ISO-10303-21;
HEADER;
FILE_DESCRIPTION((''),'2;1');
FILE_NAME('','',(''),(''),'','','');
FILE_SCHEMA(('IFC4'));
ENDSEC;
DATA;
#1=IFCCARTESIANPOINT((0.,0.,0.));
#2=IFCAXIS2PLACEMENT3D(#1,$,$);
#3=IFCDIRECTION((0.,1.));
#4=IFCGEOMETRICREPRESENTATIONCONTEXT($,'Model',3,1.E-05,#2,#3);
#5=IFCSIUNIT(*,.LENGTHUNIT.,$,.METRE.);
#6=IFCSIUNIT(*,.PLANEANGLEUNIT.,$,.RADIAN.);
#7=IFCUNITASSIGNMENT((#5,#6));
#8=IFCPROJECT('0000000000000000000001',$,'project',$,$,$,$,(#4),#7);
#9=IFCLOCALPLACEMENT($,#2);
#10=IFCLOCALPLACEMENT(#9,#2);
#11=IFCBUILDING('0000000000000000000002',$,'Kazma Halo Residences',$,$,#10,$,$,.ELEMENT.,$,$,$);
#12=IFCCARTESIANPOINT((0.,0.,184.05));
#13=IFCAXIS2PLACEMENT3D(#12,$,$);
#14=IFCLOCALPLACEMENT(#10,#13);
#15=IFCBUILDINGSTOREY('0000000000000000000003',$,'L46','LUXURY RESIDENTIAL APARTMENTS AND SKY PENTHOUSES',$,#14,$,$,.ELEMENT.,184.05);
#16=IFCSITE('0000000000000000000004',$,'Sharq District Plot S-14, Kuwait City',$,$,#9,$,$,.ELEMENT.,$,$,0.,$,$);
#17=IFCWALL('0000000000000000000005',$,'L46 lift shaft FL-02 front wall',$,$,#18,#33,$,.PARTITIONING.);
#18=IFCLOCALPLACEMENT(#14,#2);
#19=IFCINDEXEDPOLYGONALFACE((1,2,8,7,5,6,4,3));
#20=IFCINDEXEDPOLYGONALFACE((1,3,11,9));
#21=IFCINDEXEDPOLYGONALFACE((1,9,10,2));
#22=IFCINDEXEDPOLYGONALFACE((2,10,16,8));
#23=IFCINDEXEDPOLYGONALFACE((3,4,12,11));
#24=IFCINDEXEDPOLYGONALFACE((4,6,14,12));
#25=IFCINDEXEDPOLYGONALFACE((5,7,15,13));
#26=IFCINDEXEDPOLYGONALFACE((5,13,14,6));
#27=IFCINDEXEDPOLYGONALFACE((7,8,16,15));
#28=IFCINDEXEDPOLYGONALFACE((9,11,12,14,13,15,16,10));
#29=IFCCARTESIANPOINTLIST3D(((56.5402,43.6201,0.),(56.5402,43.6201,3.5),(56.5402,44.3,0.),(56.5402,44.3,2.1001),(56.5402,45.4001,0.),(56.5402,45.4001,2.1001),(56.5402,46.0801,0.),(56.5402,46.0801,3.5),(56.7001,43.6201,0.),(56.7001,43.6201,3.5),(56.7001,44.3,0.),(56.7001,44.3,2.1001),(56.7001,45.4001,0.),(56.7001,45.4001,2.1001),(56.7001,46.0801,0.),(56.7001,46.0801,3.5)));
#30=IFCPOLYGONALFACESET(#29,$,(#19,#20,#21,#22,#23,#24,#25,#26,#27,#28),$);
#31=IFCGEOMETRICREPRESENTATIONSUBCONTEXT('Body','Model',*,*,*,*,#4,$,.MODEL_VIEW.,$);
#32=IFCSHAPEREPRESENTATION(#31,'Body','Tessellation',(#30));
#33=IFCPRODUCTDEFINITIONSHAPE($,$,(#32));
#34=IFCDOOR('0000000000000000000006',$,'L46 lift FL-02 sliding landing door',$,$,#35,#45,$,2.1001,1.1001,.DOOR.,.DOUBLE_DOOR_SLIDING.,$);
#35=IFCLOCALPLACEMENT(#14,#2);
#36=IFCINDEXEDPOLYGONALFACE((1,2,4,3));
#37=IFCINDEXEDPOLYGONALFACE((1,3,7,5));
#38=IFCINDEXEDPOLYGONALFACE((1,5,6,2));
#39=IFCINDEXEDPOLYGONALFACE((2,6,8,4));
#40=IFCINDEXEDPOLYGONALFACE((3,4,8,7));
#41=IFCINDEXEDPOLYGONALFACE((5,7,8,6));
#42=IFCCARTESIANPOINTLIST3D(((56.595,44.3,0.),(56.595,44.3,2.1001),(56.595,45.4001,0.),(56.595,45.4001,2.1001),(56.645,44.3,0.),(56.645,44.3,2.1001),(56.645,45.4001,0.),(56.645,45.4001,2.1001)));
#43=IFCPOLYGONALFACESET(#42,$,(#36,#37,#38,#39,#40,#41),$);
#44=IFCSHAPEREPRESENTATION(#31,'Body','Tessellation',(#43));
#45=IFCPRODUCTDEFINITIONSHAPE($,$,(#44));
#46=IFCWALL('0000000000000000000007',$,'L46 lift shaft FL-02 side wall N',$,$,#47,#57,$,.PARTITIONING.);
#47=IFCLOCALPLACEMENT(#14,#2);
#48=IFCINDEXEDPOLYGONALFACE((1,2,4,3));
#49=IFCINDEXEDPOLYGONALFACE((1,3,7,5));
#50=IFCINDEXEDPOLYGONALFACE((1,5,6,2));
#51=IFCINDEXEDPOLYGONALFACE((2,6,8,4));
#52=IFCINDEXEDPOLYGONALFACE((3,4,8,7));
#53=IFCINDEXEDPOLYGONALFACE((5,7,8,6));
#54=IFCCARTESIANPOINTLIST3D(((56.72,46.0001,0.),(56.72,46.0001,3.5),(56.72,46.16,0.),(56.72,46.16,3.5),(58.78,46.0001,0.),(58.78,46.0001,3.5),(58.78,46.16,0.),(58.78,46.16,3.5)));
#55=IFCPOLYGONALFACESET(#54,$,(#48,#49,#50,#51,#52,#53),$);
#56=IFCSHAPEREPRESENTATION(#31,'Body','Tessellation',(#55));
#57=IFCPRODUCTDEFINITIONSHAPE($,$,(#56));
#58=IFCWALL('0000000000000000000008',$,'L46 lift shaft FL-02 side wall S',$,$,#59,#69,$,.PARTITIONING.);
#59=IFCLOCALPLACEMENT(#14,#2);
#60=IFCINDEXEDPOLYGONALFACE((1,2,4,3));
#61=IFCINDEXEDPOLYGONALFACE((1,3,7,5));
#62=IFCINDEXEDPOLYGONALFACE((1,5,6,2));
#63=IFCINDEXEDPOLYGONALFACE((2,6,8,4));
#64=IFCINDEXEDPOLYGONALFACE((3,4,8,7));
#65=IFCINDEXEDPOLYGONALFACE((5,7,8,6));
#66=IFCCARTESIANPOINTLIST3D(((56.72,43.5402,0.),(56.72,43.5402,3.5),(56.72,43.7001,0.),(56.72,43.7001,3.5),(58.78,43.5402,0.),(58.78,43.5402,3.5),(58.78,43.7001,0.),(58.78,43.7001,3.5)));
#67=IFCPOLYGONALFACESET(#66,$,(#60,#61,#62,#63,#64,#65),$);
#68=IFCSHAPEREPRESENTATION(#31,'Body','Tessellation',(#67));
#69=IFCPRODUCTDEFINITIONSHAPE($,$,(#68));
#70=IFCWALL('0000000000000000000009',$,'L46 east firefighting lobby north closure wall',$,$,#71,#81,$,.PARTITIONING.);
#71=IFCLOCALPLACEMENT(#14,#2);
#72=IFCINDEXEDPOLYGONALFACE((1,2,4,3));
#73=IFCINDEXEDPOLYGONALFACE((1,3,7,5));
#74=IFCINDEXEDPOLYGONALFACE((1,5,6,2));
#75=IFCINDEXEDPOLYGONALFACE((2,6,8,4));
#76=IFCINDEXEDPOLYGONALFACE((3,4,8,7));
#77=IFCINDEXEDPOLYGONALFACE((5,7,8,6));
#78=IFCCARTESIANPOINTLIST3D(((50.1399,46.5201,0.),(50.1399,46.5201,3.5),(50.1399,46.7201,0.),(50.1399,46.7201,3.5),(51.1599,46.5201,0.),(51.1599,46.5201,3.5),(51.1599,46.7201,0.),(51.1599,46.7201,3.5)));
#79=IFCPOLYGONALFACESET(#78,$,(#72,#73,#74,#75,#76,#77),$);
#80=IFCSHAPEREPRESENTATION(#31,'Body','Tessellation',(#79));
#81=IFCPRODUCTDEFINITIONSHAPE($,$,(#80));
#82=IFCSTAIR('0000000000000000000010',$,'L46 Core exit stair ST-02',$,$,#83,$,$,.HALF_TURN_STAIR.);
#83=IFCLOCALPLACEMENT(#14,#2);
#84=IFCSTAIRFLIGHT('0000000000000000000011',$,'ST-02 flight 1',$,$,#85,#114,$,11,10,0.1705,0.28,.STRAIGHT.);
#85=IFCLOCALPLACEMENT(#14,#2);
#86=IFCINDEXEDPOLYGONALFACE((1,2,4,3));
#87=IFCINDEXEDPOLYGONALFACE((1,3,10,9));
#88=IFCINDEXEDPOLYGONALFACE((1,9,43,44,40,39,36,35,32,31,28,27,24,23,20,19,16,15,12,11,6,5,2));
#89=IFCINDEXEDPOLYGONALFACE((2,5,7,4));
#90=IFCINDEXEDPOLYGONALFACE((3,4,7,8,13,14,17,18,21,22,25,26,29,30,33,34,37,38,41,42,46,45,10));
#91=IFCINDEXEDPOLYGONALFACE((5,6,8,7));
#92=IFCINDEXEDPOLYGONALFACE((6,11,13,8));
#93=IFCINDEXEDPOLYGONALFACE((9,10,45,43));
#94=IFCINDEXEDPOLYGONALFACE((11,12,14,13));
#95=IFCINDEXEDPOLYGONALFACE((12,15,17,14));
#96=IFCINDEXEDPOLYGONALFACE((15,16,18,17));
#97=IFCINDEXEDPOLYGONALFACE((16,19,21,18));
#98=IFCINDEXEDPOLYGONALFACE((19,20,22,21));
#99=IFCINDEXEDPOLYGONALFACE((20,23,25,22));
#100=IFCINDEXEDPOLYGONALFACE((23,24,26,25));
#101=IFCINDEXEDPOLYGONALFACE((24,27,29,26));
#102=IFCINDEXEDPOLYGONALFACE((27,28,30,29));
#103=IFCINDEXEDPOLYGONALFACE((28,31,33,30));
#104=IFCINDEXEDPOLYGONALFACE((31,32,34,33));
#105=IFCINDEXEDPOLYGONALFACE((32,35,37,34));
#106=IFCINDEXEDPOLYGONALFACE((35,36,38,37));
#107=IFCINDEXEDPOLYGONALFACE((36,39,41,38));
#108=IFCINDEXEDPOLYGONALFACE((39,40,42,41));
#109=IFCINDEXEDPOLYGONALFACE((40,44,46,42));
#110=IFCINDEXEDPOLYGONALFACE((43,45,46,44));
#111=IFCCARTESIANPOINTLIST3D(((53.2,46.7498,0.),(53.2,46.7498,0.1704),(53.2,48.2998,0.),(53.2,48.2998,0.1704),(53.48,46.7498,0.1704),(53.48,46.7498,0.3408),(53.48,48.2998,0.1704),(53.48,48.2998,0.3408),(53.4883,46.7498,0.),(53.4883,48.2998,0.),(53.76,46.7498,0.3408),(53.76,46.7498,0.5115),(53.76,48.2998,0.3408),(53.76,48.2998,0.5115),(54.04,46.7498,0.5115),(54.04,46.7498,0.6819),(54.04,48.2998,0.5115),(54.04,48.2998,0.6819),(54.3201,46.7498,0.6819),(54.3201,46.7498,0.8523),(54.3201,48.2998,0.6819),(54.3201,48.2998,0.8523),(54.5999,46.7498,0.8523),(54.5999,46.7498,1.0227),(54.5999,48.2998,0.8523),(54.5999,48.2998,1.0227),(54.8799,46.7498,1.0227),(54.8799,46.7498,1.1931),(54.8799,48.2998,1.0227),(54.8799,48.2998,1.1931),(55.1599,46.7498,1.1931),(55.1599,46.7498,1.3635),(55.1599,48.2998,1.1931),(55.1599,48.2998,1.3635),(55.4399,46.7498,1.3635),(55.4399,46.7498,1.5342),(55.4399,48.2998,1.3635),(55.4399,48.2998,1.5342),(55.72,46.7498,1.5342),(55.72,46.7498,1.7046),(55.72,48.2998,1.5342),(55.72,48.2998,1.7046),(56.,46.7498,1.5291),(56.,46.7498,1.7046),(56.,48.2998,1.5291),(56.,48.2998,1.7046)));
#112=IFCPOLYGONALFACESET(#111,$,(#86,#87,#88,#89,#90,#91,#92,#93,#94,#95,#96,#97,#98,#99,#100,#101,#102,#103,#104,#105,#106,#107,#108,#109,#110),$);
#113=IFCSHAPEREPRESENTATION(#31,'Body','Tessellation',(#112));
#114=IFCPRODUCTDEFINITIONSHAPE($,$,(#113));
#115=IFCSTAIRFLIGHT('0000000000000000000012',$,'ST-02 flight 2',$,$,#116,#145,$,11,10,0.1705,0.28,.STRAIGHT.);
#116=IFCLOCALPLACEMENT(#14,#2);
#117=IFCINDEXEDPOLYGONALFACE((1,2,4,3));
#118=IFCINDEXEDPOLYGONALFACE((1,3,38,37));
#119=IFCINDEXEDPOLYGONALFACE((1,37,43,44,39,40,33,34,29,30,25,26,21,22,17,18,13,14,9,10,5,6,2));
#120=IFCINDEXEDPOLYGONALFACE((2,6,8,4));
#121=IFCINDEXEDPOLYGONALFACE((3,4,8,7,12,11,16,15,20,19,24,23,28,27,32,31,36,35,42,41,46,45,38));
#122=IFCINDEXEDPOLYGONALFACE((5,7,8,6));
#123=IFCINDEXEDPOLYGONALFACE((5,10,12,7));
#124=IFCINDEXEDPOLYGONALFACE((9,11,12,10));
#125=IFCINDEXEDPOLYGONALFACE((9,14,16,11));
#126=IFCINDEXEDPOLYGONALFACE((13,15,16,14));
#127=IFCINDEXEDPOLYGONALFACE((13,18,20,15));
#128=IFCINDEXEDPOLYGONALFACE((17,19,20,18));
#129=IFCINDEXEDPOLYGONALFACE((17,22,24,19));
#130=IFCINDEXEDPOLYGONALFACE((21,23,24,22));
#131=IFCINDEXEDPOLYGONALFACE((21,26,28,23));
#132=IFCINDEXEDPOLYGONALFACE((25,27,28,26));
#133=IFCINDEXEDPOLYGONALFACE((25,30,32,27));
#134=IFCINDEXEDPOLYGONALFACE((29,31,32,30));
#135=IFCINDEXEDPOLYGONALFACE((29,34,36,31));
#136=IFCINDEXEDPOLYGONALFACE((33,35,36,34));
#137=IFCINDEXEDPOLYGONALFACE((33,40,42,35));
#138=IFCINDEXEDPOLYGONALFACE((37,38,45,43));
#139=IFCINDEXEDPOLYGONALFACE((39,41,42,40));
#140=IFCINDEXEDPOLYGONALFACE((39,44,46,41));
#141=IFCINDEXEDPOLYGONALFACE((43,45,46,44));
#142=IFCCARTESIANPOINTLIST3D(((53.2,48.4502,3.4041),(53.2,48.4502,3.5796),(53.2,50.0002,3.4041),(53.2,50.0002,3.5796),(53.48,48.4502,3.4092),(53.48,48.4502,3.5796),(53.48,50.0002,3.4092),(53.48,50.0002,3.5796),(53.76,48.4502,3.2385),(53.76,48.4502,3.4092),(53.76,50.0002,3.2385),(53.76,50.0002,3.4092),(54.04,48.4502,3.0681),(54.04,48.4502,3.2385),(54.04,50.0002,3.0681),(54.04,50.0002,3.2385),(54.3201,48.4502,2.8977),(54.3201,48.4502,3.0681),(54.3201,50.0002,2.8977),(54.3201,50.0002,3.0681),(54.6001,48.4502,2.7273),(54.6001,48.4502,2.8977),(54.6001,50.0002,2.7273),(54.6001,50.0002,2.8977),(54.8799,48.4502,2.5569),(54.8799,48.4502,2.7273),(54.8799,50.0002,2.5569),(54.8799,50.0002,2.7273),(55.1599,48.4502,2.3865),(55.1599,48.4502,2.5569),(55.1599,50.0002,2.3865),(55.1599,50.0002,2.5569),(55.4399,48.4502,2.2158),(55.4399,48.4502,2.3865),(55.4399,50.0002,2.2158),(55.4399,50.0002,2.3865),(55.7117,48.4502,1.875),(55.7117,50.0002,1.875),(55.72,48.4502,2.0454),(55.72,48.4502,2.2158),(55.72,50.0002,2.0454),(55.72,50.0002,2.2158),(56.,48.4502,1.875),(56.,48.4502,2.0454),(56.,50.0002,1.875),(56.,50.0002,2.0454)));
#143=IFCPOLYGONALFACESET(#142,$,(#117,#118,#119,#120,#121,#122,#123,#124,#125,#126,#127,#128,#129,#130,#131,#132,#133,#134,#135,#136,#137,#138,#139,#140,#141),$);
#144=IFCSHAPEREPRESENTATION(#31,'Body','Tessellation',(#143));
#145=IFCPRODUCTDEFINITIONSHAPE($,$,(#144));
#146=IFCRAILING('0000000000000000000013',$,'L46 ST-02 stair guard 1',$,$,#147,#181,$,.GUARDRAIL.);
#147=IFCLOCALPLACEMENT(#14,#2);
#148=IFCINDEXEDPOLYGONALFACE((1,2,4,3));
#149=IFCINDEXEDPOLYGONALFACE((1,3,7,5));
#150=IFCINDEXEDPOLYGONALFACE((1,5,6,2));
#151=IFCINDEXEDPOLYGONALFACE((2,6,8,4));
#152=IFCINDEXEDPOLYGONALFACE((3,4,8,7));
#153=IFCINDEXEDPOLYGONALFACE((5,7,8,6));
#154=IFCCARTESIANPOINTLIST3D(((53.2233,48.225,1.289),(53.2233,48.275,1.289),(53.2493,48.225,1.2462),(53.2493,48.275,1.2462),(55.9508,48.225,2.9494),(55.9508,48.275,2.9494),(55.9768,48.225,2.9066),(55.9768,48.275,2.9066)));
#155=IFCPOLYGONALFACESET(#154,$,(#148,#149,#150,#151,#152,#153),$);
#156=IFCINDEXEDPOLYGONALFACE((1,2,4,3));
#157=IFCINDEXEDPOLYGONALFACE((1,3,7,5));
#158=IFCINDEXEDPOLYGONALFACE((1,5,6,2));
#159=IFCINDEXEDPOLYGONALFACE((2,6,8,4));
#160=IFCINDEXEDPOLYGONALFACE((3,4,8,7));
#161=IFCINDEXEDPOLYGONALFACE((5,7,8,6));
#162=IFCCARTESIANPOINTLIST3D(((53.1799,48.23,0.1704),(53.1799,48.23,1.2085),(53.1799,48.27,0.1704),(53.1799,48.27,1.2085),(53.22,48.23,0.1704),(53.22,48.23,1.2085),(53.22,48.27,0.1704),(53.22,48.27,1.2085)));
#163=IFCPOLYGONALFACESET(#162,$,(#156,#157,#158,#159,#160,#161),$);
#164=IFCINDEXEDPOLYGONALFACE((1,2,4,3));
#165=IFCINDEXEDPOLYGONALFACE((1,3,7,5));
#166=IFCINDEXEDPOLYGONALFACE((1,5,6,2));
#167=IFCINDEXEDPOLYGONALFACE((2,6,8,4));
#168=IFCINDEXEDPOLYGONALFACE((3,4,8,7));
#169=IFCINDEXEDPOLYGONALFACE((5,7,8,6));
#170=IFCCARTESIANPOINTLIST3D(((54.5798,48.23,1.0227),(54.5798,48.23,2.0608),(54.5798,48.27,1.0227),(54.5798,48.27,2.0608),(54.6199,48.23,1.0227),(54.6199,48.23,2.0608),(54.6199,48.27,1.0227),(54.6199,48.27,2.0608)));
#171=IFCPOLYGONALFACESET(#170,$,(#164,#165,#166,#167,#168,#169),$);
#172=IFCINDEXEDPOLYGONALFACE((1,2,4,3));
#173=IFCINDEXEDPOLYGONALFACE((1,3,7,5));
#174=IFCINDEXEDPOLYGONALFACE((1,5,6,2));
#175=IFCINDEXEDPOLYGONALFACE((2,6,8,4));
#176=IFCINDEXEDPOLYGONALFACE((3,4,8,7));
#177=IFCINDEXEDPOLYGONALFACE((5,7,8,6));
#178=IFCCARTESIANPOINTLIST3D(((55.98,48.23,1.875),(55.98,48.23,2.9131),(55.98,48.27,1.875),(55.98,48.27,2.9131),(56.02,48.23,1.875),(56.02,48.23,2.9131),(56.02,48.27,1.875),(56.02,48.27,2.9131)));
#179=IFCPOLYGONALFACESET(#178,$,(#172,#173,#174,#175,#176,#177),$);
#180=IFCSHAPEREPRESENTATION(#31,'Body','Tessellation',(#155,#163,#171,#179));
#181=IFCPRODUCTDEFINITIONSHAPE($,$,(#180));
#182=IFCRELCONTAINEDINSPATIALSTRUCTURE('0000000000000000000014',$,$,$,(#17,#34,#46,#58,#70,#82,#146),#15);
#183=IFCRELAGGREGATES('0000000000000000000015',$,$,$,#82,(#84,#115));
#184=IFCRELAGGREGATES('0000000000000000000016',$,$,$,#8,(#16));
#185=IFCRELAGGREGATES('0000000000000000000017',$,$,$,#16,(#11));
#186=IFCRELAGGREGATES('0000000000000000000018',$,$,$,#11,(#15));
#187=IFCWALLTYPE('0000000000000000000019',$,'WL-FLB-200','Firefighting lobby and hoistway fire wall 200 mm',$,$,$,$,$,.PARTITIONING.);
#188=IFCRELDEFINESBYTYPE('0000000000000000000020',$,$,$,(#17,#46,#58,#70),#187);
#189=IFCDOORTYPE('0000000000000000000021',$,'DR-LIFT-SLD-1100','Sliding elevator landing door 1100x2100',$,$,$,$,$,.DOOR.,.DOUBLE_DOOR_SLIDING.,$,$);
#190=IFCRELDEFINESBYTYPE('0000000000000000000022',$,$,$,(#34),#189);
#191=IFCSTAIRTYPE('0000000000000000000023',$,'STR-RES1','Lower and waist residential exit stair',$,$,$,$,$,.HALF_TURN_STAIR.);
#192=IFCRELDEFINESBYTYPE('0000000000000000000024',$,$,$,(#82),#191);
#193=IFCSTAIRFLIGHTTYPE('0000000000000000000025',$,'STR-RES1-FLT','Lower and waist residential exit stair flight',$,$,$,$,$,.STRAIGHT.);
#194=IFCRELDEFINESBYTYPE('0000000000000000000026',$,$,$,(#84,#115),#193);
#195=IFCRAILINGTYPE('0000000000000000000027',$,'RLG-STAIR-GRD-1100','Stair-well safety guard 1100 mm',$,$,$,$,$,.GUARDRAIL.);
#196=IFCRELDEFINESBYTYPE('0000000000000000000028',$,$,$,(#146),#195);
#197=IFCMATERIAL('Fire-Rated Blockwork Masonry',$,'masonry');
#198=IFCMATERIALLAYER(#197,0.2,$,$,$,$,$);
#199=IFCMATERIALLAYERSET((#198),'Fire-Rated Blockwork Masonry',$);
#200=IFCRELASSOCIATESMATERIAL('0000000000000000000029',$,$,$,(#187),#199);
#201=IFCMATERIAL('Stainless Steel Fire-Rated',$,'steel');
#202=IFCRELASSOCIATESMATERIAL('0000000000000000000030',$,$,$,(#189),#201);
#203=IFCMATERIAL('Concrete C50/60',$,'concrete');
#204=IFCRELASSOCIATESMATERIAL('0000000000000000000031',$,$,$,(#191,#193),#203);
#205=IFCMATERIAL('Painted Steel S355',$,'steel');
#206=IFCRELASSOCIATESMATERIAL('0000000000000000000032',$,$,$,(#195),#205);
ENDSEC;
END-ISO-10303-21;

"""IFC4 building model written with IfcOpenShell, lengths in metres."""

from ifc_helpers import new_model, si_unit, direction, frame, frame_2d, origin, origin_2d, place, context, subcontext, project, spatial, polyline, rectangle, outline, extrude, material, layer, layer_set, type_object, element, fill, aggregate, save


model = new_model("IFC4")

# Units and contexts
model_context = context("Model", 3, precision=1e-05, world=origin(), true_north=direction((0.0, 1.0)))
body_context = subcontext(model_context, "Body", "Model", "MODEL_VIEW")
ifc_project = project(units=[si_unit("LENGTHUNIT", "METRE"), si_unit("PLANEANGLEUNIT", "RADIAN")], contexts=[model_context])

# Site, building, storey
site_placement = place(None, origin())
site = spatial("IfcSite", under=ifc_project, at=site_placement, Name="Sharq District Plot S-14, Kuwait City", CompositionType="ELEMENT", RefElevation=0.0)
building_placement = place(site_placement, origin())
building = spatial("IfcBuilding", under=site, at=building_placement, Name="Kazma Halo Residences", CompositionType="ELEMENT")
storey_placement = place(building_placement, frame((0.0, 0.0, 184.05)))
storey = spatial("IfcBuildingStorey", under=building, at=storey_placement, Name="L46", Description="LUXURY RESIDENTIAL APARTMENTS AND SKY PENTHOUSES", CompositionType="ELEMENT", Elevation=184.05)

# Wall, opening, door
ifc_material_1 = material(Name="Fire-Rated Blockwork Masonry", Category="masonry")
ifc_layer_1 = layer(ifc_material_1, 0.2)
ifc_layer_set_1 = layer_set([ifc_layer_1], Name="Fire-Rated Blockwork Masonry")
wall_type_1 = type_object("IfcWallType", Name="WL-FLB-200", Description="Firefighting lobby and hoistway fire wall 200 mm", PredefinedType="PARTITIONING", material=ifc_layer_set_1)
wall_1_placement = place(storey_placement, frame((56.6201, 46.0801, 0.0), z_axis=(0.0, 0.0, 1.0), x_axis=(0.0, -1.0, 0.0)))
wall_1 = element("IfcWall", 1, at=wall_1_placement, inside=storey, type_object=wall_type_1, Name="L46 lift shaft FL-02 front wall", PredefinedType="PARTITIONING", context=body_context, shape_type="SweptSolid", body=[
    extrude(rectangle(XDim=2.46, YDim=0.1599, at=frame_2d((1.23, 0.0))), origin(), (0.0, 0.0, 1.0), 3.5),
])
opening_1_placement = place(wall_1_placement, frame((0.6799, 0.0, 0.0)))
opening_1 = element("IfcOpeningElement", 2, at=opening_1_placement, cuts=wall_1, PredefinedType="OPENING", context=body_context, shape_type="SweptSolid", body=[
    extrude(rectangle(XDim=1.1001, YDim=2.1001, at=frame_2d((0.55, 1.05))), frame((0.0, 0.0898, 0.0), z_axis=(0.0, -1.0, 0.0), x_axis=(1.0, 0.0, 0.0)), (0.0, 0.0, 1.0), 0.1799),
])
ifc_material_2 = material(Name="Stainless Steel Fire-Rated", Category="steel")
door_type_1 = type_object("IfcDoorType", Name="DR-LIFT-SLD-1100", Description="Sliding elevator landing door 1100x2100", OperationType="DOUBLE_DOOR_SLIDING", PredefinedType="DOOR", material=ifc_material_2)
door_1_placement = place(opening_1_placement, origin())
door_1 = element("IfcDoor", 3, at=door_1_placement, inside=storey, type_object=door_type_1, Name="L46 lift FL-02 sliding landing door", OperationType="DOUBLE_DOOR_SLIDING", OverallHeight=2.1001, OverallWidth=1.1001, PredefinedType="DOOR", context=body_context, shape_type="SweptSolid", body=[
    extrude(rectangle(XDim=1.1001, YDim=2.1001, at=frame_2d((0.55, 1.05))), frame((0.0, 0.0249, 0.0), z_axis=(0.0, -1.0, 0.0), x_axis=(1.0, 0.0, 0.0)), (0.0, 0.0, 1.0), 0.05),
])
fill(opening_1, door_1)

# Walls
for number, where, z_axis, x_axis, name in (
    (4, (56.72, 46.0801, 0.0), (0.0, 0.0, 1.0), (1.0, 0.0, 0.0), "L46 lift shaft FL-02 side wall N"),
    (5, (56.72, 43.6201, 0.0), (0.0, 0.0, 1.0), (1.0, 0.0, 0.0), "L46 lift shaft FL-02 side wall S"),
):
    element("IfcWall", number, at=place(storey_placement, frame(where, z_axis=z_axis, x_axis=x_axis)), inside=storey, type_object=wall_type_1, Name=name, PredefinedType="PARTITIONING", context=body_context, shape_type="SweptSolid", body=[
        extrude(rectangle(XDim=2.0601, YDim=0.1599, at=frame_2d((1.03, 0.0))), origin(), (0.0, 0.0, 1.0), 3.5),
    ])
wall_2_placement = place(storey_placement, frame((50.1399, 46.6201, 0.0), z_axis=(0.0, 0.0, 1.0), x_axis=(1.0, 0.0, 0.0)))
element("IfcWall", 6, at=wall_2_placement, inside=storey, type_object=wall_type_1, Name="L46 east firefighting lobby north closure wall", PredefinedType="PARTITIONING", context=body_context, shape_type="SweptSolid", body=[
    extrude(rectangle(XDim=1.02, YDim=0.2, at=frame_2d((0.51, 0.0))), origin(), (0.0, 0.0, 1.0), 3.5),
])

# Shared definitions
ifc_material_3 = material(Name="Concrete C50/60", Category="concrete")

# Stair, stair flights
stair_type = type_object("IfcStairType", Name="STR-RES1", Description="Lower and waist residential exit stair", PredefinedType="HALF_TURN_STAIR", material=ifc_material_3)
stair_placement = place(storey_placement, origin())
stair = element("IfcStair", 7, at=stair_placement, inside=storey, type_object=stair_type, Name="L46 Core exit stair ST-02", PredefinedType="HALF_TURN_STAIR")
stair_flight_type = type_object("IfcStairFlightType", Name="STR-RES1-FLT", Description="Lower and waist residential exit stair flight", PredefinedType="STRAIGHT", material=ifc_material_3)
stair_flight_1_placement = place(storey_placement, frame((53.2, 47.5249, 0.0), z_axis=(0.0, 0.0, 1.0), x_axis=(1.0, 0.0, 0.0)))
stair_flight_1 = element("IfcStairFlight", 8, at=stair_flight_1_placement, type_object=stair_flight_type, Name="ST-02 flight 1", NumberOfRisers=11, NumberOfTreads=10, PredefinedType="STRAIGHT", RiserHeight=0.1705, TreadLength=0.28, context=body_context, shape_type="SweptSolid", body=[
    extrude(outline(polyline([(0.0, 0.0), (0.0, 0.1704), (0.28, 0.1704), (0.28, 0.3408), (0.5601, 0.3408), (0.5601, 0.5115), (0.8401, 0.5115), (0.8401, 0.6819), (1.1201, 0.6819), (1.1201, 0.8523), (1.3999, 0.8523), (1.3999, 1.0227), (1.6799, 1.0227), (1.6799, 1.1931), (1.96, 1.1931), (1.96, 1.3635), (2.24, 1.3635), (2.24, 1.5342), (2.52, 1.5342), (2.52, 1.7046), (2.8, 1.7046), (2.8, 1.875), (2.8, 1.5291), (0.2883, 0.0), (0.0, 0.0)])), frame((0.0, 0.7749, 0.0), z_axis=(0.0, -1.0, 0.0), x_axis=(1.0, 0.0, 0.0)), (0.0, 0.0, 1.0), 1.55),
])
stair_flight_2_placement = place(storey_placement, frame((56.0, 49.2251, 1.875), z_axis=(0.0, 0.0, 1.0), x_axis=(-1.0, 0.0, 0.0)))
stair_flight_2 = element("IfcStairFlight", 9, at=stair_flight_2_placement, type_object=stair_flight_type, Name="ST-02 flight 2", NumberOfRisers=11, NumberOfTreads=10, PredefinedType="STRAIGHT", RiserHeight=0.1705, TreadLength=0.28, context=body_context, shape_type="SweptSolid", body=[
    extrude(outline(polyline([(0.0, 0.0), (0.0, 0.1704), (0.28, 0.1704), (0.28, 0.3408), (0.5601, 0.3408), (0.5601, 0.5115), (0.8401, 0.5115), (0.8401, 0.6819), (1.1201, 0.6819), (1.1201, 0.8523), (1.3999, 0.8523), (1.3999, 1.0227), (1.6799, 1.0227), (1.6799, 1.1931), (1.96, 1.1931), (1.96, 1.3635), (2.24, 1.3635), (2.24, 1.5342), (2.52, 1.5342), (2.52, 1.7046), (2.8, 1.7046), (2.8, 1.875), (2.8, 1.5291), (0.2883, 0.0), (0.0, 0.0)])), frame((0.0, 0.7749, 0.0), z_axis=(0.0, -1.0, 0.0), x_axis=(1.0, 0.0, 0.0)), (0.0, 0.0, 1.0), 1.55),
])
aggregate(stair, [stair_flight_1, stair_flight_2])

# Railing
ifc_material_4 = material(Name="Painted Steel S355", Category="steel")
railing_type_1 = type_object("IfcRailingType", Name="RLG-STAIR-GRD-1100", Description="Stair-well safety guard 1100 mm", PredefinedType="GUARDRAIL", material=ifc_material_4)
railing_1_placement = place(storey_placement, frame((53.2, 48.25, 0.1704)))
element("IfcRailing", 10, at=railing_1_placement, inside=storey, type_object=railing_type_1, Name="L46 ST-02 stair guard 1", PredefinedType="GUARDRAIL", context=body_context, shape_type="SweptSolid", body=[
    extrude(rectangle(XDim=0.05, YDim=0.05, at=origin_2d()), frame((0.0364, 0.0, 1.0972), z_axis=(0.85417, 0.0, 0.519994), x_axis=(0.0, 1.0, 0.0)), (0.0, 0.0, 1.0), 3.1931),
    extrude(rectangle(XDim=0.04, YDim=0.04, at=origin_2d()), origin(), (0.0, 0.0, 1.0), 1.0381),
    extrude(rectangle(XDim=0.04, YDim=0.04, at=origin_2d()), frame((1.3999, 0.0, 0.8523)), (0.0, 0.0, 1.0), 1.0381),
    extrude(rectangle(XDim=0.04, YDim=0.04, at=origin_2d()), frame((2.8, 0.0, 1.7046)), (0.0, 0.0, 1.0), 1.0381),
])

save(model, "model.ifc")
